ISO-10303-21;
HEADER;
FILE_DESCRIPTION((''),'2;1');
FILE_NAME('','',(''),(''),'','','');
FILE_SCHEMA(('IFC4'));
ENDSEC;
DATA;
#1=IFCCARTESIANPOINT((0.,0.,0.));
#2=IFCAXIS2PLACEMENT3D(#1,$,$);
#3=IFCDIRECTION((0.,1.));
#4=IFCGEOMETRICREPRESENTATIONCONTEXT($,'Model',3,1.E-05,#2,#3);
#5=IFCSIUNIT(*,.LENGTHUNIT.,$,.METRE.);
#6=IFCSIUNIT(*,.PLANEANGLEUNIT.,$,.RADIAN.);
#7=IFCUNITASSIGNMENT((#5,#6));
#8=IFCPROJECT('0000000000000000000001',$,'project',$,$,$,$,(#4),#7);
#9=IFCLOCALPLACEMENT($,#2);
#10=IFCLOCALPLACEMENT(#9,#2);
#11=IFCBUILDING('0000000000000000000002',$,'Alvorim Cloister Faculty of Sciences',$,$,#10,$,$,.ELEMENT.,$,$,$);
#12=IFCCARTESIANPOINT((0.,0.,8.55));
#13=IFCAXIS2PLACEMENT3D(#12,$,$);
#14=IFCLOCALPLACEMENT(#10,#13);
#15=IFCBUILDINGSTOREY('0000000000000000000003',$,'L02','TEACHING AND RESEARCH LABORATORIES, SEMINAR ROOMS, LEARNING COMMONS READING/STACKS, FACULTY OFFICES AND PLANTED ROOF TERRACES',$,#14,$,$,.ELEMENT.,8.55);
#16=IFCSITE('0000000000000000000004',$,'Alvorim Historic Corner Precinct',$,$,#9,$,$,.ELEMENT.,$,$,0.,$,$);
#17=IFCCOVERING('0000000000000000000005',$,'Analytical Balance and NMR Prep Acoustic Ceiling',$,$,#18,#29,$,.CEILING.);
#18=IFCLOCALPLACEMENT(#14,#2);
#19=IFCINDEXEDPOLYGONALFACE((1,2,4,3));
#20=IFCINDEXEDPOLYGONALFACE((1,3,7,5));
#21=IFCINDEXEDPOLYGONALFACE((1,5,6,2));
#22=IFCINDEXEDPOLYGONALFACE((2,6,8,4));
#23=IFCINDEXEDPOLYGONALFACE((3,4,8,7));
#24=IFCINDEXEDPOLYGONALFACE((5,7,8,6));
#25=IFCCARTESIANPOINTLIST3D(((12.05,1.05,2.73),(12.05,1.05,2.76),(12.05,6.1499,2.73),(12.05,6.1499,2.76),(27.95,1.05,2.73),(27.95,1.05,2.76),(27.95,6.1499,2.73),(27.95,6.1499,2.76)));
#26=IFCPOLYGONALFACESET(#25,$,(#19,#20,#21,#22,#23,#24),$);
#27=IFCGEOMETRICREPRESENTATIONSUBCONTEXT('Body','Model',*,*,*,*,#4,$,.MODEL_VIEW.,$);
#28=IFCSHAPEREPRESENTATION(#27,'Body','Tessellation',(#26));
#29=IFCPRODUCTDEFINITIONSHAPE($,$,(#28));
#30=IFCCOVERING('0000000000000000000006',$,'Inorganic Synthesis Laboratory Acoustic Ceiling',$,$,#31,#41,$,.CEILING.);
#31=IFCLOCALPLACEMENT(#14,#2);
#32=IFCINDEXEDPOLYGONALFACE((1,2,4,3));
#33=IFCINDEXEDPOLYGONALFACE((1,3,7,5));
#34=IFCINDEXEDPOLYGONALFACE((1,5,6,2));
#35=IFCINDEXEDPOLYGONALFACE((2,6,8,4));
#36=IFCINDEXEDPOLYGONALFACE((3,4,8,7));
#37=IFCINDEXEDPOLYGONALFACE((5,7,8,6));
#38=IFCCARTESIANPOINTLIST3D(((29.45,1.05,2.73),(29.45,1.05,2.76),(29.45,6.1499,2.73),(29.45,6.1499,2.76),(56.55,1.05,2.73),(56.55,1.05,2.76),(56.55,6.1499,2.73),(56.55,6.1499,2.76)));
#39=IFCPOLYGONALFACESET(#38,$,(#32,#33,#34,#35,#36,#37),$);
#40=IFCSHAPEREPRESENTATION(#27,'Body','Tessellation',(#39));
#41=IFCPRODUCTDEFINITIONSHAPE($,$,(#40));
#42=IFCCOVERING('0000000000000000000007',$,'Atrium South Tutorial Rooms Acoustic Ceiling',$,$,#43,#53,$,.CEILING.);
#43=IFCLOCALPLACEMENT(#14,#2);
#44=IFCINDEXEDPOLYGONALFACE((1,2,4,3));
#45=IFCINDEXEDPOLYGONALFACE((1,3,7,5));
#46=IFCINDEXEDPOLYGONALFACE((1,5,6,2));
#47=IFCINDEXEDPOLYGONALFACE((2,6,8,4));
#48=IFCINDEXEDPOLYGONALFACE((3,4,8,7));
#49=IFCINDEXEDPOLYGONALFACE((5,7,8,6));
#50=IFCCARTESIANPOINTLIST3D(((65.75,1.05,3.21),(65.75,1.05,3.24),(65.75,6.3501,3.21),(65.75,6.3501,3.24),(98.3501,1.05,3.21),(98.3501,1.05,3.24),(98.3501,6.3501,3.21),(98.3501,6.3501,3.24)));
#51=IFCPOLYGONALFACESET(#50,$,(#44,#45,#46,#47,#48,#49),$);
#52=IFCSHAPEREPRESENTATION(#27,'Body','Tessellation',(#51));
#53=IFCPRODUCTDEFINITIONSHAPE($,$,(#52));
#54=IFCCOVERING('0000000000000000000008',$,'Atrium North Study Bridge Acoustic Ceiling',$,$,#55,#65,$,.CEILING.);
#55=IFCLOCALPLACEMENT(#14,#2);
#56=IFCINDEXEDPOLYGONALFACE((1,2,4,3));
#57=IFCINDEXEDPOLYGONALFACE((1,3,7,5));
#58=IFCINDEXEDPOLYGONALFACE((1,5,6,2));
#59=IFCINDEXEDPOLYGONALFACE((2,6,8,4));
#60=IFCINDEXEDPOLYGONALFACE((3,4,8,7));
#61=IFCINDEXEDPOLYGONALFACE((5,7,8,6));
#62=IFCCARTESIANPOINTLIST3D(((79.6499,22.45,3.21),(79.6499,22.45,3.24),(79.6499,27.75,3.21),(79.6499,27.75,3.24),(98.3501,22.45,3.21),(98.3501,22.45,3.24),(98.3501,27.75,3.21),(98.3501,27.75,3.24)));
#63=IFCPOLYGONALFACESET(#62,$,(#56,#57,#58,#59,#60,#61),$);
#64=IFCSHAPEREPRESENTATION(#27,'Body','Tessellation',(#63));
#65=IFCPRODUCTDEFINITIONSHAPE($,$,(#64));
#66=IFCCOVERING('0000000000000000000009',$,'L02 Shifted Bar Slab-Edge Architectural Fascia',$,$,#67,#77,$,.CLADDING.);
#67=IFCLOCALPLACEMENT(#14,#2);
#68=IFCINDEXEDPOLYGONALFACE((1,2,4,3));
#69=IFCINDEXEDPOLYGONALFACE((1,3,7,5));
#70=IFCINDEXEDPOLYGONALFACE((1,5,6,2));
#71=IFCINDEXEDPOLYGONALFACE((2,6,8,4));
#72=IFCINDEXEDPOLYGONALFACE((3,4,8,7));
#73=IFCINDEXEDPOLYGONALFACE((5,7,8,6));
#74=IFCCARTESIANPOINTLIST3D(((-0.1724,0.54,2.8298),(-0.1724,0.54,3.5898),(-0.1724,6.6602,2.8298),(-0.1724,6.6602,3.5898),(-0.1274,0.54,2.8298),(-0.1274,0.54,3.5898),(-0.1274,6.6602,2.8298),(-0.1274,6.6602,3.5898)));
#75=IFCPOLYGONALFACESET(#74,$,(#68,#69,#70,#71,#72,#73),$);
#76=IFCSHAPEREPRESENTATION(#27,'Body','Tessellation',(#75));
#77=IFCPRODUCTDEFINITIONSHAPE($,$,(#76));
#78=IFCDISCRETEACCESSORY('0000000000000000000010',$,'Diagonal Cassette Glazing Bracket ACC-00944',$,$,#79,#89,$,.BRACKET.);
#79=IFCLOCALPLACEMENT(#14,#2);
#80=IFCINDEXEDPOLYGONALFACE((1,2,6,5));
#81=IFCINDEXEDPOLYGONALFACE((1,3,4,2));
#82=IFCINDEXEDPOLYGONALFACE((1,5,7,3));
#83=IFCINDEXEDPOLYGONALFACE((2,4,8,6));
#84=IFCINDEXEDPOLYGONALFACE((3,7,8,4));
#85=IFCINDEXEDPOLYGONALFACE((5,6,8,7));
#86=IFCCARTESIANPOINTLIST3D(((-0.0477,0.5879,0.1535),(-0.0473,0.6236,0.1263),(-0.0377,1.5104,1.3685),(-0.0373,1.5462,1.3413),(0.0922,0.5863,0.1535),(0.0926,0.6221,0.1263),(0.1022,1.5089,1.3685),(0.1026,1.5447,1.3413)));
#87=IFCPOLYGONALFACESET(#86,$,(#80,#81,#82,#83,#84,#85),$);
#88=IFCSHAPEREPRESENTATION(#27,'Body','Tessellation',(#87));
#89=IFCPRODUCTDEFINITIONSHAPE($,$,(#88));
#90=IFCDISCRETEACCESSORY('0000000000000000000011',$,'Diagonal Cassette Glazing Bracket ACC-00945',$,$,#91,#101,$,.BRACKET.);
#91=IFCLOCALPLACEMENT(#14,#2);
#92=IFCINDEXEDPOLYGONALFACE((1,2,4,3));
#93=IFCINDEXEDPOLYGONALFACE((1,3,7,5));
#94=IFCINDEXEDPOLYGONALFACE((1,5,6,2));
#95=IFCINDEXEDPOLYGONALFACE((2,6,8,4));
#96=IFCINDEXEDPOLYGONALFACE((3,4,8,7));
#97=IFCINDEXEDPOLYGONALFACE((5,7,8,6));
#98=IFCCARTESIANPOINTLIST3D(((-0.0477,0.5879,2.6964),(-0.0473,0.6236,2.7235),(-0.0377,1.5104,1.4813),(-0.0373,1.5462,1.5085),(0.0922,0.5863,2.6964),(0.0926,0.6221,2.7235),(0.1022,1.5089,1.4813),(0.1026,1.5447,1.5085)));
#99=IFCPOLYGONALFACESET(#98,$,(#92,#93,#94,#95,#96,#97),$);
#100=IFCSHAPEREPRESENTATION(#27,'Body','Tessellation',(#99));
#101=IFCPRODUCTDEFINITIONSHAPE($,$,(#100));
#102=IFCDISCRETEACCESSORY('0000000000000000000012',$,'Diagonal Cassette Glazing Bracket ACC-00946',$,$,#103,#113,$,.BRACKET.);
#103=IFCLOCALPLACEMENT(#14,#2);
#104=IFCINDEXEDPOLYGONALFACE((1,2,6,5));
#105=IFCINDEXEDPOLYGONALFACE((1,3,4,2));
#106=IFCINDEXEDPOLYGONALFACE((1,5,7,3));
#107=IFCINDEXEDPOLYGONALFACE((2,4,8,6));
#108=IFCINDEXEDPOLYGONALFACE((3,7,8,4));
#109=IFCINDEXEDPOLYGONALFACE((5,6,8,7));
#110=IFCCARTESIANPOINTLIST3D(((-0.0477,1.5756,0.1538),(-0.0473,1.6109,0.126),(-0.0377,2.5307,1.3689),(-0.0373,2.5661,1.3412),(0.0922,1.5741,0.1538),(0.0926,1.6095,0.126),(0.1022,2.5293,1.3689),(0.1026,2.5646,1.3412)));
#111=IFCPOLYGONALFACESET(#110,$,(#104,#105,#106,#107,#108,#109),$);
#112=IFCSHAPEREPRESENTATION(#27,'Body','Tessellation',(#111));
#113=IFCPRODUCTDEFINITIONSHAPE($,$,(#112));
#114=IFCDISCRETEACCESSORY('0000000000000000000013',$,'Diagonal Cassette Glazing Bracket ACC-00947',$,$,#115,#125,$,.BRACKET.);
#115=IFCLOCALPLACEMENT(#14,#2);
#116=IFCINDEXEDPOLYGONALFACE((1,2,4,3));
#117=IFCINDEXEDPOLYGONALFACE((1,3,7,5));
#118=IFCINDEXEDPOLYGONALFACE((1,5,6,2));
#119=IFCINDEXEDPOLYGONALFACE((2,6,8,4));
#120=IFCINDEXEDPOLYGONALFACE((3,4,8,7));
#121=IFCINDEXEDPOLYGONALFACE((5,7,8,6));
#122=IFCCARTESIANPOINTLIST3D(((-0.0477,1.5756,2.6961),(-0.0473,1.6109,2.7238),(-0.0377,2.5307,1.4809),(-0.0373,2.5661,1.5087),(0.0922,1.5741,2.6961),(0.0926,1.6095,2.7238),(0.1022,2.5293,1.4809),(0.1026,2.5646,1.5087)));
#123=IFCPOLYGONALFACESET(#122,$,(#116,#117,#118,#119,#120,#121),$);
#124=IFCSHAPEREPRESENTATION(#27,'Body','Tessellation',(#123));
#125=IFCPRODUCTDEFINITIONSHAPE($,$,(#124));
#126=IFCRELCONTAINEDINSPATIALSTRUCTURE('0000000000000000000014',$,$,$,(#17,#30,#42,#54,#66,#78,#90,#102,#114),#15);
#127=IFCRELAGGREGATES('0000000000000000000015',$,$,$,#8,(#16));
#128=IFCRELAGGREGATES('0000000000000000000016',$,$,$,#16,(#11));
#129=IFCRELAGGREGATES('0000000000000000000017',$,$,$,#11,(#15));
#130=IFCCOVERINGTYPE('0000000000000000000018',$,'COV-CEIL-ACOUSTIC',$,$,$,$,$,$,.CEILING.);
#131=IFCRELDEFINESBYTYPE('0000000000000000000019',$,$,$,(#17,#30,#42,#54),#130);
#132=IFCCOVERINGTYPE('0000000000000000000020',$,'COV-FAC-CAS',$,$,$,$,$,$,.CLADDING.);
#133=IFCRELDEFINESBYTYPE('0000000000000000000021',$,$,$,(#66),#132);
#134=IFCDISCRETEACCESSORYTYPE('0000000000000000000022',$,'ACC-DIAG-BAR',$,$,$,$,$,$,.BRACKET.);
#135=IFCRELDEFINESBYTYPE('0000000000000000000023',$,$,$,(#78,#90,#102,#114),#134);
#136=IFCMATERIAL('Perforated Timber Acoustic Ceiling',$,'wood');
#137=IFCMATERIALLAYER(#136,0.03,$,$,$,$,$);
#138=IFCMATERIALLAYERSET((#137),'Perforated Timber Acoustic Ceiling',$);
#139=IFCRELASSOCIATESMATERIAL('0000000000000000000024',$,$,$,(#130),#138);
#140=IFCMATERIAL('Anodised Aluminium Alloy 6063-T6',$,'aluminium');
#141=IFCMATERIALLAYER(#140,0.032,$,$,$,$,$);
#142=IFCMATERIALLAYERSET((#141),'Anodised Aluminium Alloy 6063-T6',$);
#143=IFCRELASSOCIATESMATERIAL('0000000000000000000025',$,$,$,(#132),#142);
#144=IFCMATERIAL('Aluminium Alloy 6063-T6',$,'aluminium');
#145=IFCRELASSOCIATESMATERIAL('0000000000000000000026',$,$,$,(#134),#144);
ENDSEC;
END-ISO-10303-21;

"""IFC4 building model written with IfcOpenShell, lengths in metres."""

from ifc_helpers import new_model, si_unit, direction, frame, origin, origin_2d, place, context, subcontext, project, spatial, polyline, rectangle, outline, extrude, material, layer, layer_set, type_object, element, save


model = new_model("IFC4")

# Units and contexts
model_context = context("Model", 3, precision=1e-05, world=origin(), true_north=direction((0.0, 1.0)))
body_context = subcontext(model_context, "Body", "Model", "MODEL_VIEW")
ifc_project = project(units=[si_unit("LENGTHUNIT", "METRE"), si_unit("PLANEANGLEUNIT", "RADIAN")], contexts=[model_context])

# Site, building, storey
site_placement = place(None, origin())
site = spatial("IfcSite", under=ifc_project, at=site_placement, Name="Alvorim Historic Corner Precinct", CompositionType="ELEMENT", RefElevation=0.0)
building_placement = place(site_placement, origin())
building = spatial("IfcBuilding", under=site, at=building_placement, Name="Alvorim Cloister Faculty of Sciences", CompositionType="ELEMENT")
storey_placement = place(building_placement, frame((0.0, 0.0, 8.55)))
storey = spatial("IfcBuildingStorey", under=building, at=storey_placement, Name="L02", Description="TEACHING AND RESEARCH LABORATORIES, SEMINAR ROOMS, LEARNING COMMONS READING/STACKS, FACULTY OFFICES AND PLANTED ROOF TERRACES", CompositionType="ELEMENT", Elevation=8.55)

# Shared definitions
ifc_material_1 = material(Name="Aluminium Alloy 6063-T6", Category="aluminium")

# Coverings
ifc_material_2 = material(Name="Perforated Timber Acoustic Ceiling", Category="wood")
ifc_layer_1 = layer(ifc_material_2, 0.03)
ifc_layer_set_1 = layer_set([ifc_layer_1], Name="Perforated Timber Acoustic Ceiling")
covering_type_1 = type_object("IfcCoveringType", Name="COV-CEIL-ACOUSTIC", PredefinedType="CEILING", material=ifc_layer_set_1)
covering_1_placement = place(storey_placement, frame((0.0, 0.0, 2.73)))
element("IfcCovering", 1, at=covering_1_placement, inside=storey, type_object=covering_type_1, Name="Analytical Balance and NMR Prep Acoustic Ceiling", PredefinedType="CEILING", context=body_context, shape_type="SweptSolid", body=[
    extrude(outline(polyline([(12.05, 1.05), (27.95, 1.05), (27.95, 6.1499), (12.05, 6.1499), (12.05, 1.05)])), origin(), (0.0, 0.0, 1.0), 0.03),
])
covering_2_placement = place(storey_placement, frame((0.0, 0.0, 2.73)))
element("IfcCovering", 2, at=covering_2_placement, inside=storey, type_object=covering_type_1, Name="Inorganic Synthesis Laboratory Acoustic Ceiling", PredefinedType="CEILING", context=body_context, shape_type="SweptSolid", body=[
    extrude(outline(polyline([(29.45, 1.05), (56.55, 1.05), (56.55, 6.1499), (29.45, 6.1499), (29.45, 1.05)])), origin(), (0.0, 0.0, 1.0), 0.03),
])
covering_3_placement = place(storey_placement, frame((0.0, 0.0, 3.21)))
element("IfcCovering", 3, at=covering_3_placement, inside=storey, type_object=covering_type_1, Name="Atrium South Tutorial Rooms Acoustic Ceiling", PredefinedType="CEILING", context=body_context, shape_type="SweptSolid", body=[
    extrude(outline(polyline([(65.75, 1.05), (98.3501, 1.05), (98.3501, 6.3501), (65.75, 6.3501), (65.75, 1.05)])), origin(), (0.0, 0.0, 1.0), 0.03),
])
covering_4_placement = place(storey_placement, frame((0.0, 0.0, 3.21)))
element("IfcCovering", 4, at=covering_4_placement, inside=storey, type_object=covering_type_1, Name="Atrium North Study Bridge Acoustic Ceiling", PredefinedType="CEILING", context=body_context, shape_type="SweptSolid", body=[
    extrude(outline(polyline([(79.6499, 22.45), (98.3501, 22.45), (98.3501, 27.75), (79.6499, 27.75), (79.6499, 22.45)])), origin(), (0.0, 0.0, 1.0), 0.03),
])
ifc_material_3 = material(Name="Anodised Aluminium Alloy 6063-T6", Category="aluminium")
ifc_layer_2 = layer(ifc_material_3, 0.032)
ifc_layer_set_2 = layer_set([ifc_layer_2], Name="Anodised Aluminium Alloy 6063-T6")
covering_type_2 = type_object("IfcCoveringType", Name="COV-FAC-CAS", PredefinedType="CLADDING", material=ifc_layer_set_2)
covering_5_placement = place(storey_placement, frame((-0.1499, 0.54, 2.8298), z_axis=(0.0, 0.0, 1.0), x_axis=(0.0, 1.0, 0.0)))
element("IfcCovering", 5, at=covering_5_placement, inside=storey, type_object=covering_type_2, Name="L02 Shifted Bar Slab-Edge Architectural Fascia", PredefinedType="CLADDING", context=body_context, shape_type="SweptSolid", body=[
    extrude(outline(polyline([(0.0, 0.0), (6.1201, 0.0), (6.1201, 0.76), (0.0, 0.76), (0.0, 0.0)])), frame((0.0, 0.0225, 0.0), z_axis=(0.0, -1.0, 0.0), x_axis=(1.0, 0.0, 0.0)), (0.0, 0.0, 1.0), 0.0449),
])

# Discrete accessories
discrete_accessory_type = type_object("IfcDiscreteAccessoryType", Name="ACC-DIAG-BAR", PredefinedType="BRACKET", material=ifc_material_1)
for number, where, z_axis, x_axis, name in (
    (6, (0.0225, 0.605, 0.1399), (0.006561, 0.604713, 0.796416), (-0.999941, 0.010849, 0.0), "Diagonal Cassette Glazing Bracket ACC-00944"),
    (7, (0.0225, 0.605, 2.71), (0.006561, 0.604713, -0.796416), (-0.999941, 0.010849, 0.0), "Diagonal Cassette Glazing Bracket ACC-00945"),
):
    element("IfcDiscreteAccessory", number, at=place(storey_placement, frame(where, z_axis=z_axis, x_axis=x_axis)), inside=storey, type_object=discrete_accessory_type, Name=name, PredefinedType="BRACKET", context=body_context, shape_type="SweptSolid", body=[
        extrude(rectangle(XDim=0.1399, YDim=0.0449, at=origin_2d()), origin(), (0.0, 0.0, 1.0), 1.5256),
    ])
for number, where, z_axis, x_axis, name in (
    (8, (0.0225, 1.5925, 0.1399), (0.006477, 0.617955, 0.786187), (-0.999945, 0.01048, 0.0), "Diagonal Cassette Glazing Bracket ACC-00946"),
    (9, (0.0225, 1.5925, 2.71), (0.006477, 0.617955, -0.786187), (-0.999945, 0.01048, 0.0), "Diagonal Cassette Glazing Bracket ACC-00947"),
):
    element("IfcDiscreteAccessory", number, at=place(storey_placement, frame(where, z_axis=z_axis, x_axis=x_axis)), inside=storey, type_object=discrete_accessory_type, Name=name, PredefinedType="BRACKET", context=body_context, shape_type="SweptSolid", body=[
        extrude(rectangle(XDim=0.1399, YDim=0.0449, at=origin_2d()), origin(), (0.0, 0.0, 1.0), 1.5457),
    ])

save(model, "model.ifc")
